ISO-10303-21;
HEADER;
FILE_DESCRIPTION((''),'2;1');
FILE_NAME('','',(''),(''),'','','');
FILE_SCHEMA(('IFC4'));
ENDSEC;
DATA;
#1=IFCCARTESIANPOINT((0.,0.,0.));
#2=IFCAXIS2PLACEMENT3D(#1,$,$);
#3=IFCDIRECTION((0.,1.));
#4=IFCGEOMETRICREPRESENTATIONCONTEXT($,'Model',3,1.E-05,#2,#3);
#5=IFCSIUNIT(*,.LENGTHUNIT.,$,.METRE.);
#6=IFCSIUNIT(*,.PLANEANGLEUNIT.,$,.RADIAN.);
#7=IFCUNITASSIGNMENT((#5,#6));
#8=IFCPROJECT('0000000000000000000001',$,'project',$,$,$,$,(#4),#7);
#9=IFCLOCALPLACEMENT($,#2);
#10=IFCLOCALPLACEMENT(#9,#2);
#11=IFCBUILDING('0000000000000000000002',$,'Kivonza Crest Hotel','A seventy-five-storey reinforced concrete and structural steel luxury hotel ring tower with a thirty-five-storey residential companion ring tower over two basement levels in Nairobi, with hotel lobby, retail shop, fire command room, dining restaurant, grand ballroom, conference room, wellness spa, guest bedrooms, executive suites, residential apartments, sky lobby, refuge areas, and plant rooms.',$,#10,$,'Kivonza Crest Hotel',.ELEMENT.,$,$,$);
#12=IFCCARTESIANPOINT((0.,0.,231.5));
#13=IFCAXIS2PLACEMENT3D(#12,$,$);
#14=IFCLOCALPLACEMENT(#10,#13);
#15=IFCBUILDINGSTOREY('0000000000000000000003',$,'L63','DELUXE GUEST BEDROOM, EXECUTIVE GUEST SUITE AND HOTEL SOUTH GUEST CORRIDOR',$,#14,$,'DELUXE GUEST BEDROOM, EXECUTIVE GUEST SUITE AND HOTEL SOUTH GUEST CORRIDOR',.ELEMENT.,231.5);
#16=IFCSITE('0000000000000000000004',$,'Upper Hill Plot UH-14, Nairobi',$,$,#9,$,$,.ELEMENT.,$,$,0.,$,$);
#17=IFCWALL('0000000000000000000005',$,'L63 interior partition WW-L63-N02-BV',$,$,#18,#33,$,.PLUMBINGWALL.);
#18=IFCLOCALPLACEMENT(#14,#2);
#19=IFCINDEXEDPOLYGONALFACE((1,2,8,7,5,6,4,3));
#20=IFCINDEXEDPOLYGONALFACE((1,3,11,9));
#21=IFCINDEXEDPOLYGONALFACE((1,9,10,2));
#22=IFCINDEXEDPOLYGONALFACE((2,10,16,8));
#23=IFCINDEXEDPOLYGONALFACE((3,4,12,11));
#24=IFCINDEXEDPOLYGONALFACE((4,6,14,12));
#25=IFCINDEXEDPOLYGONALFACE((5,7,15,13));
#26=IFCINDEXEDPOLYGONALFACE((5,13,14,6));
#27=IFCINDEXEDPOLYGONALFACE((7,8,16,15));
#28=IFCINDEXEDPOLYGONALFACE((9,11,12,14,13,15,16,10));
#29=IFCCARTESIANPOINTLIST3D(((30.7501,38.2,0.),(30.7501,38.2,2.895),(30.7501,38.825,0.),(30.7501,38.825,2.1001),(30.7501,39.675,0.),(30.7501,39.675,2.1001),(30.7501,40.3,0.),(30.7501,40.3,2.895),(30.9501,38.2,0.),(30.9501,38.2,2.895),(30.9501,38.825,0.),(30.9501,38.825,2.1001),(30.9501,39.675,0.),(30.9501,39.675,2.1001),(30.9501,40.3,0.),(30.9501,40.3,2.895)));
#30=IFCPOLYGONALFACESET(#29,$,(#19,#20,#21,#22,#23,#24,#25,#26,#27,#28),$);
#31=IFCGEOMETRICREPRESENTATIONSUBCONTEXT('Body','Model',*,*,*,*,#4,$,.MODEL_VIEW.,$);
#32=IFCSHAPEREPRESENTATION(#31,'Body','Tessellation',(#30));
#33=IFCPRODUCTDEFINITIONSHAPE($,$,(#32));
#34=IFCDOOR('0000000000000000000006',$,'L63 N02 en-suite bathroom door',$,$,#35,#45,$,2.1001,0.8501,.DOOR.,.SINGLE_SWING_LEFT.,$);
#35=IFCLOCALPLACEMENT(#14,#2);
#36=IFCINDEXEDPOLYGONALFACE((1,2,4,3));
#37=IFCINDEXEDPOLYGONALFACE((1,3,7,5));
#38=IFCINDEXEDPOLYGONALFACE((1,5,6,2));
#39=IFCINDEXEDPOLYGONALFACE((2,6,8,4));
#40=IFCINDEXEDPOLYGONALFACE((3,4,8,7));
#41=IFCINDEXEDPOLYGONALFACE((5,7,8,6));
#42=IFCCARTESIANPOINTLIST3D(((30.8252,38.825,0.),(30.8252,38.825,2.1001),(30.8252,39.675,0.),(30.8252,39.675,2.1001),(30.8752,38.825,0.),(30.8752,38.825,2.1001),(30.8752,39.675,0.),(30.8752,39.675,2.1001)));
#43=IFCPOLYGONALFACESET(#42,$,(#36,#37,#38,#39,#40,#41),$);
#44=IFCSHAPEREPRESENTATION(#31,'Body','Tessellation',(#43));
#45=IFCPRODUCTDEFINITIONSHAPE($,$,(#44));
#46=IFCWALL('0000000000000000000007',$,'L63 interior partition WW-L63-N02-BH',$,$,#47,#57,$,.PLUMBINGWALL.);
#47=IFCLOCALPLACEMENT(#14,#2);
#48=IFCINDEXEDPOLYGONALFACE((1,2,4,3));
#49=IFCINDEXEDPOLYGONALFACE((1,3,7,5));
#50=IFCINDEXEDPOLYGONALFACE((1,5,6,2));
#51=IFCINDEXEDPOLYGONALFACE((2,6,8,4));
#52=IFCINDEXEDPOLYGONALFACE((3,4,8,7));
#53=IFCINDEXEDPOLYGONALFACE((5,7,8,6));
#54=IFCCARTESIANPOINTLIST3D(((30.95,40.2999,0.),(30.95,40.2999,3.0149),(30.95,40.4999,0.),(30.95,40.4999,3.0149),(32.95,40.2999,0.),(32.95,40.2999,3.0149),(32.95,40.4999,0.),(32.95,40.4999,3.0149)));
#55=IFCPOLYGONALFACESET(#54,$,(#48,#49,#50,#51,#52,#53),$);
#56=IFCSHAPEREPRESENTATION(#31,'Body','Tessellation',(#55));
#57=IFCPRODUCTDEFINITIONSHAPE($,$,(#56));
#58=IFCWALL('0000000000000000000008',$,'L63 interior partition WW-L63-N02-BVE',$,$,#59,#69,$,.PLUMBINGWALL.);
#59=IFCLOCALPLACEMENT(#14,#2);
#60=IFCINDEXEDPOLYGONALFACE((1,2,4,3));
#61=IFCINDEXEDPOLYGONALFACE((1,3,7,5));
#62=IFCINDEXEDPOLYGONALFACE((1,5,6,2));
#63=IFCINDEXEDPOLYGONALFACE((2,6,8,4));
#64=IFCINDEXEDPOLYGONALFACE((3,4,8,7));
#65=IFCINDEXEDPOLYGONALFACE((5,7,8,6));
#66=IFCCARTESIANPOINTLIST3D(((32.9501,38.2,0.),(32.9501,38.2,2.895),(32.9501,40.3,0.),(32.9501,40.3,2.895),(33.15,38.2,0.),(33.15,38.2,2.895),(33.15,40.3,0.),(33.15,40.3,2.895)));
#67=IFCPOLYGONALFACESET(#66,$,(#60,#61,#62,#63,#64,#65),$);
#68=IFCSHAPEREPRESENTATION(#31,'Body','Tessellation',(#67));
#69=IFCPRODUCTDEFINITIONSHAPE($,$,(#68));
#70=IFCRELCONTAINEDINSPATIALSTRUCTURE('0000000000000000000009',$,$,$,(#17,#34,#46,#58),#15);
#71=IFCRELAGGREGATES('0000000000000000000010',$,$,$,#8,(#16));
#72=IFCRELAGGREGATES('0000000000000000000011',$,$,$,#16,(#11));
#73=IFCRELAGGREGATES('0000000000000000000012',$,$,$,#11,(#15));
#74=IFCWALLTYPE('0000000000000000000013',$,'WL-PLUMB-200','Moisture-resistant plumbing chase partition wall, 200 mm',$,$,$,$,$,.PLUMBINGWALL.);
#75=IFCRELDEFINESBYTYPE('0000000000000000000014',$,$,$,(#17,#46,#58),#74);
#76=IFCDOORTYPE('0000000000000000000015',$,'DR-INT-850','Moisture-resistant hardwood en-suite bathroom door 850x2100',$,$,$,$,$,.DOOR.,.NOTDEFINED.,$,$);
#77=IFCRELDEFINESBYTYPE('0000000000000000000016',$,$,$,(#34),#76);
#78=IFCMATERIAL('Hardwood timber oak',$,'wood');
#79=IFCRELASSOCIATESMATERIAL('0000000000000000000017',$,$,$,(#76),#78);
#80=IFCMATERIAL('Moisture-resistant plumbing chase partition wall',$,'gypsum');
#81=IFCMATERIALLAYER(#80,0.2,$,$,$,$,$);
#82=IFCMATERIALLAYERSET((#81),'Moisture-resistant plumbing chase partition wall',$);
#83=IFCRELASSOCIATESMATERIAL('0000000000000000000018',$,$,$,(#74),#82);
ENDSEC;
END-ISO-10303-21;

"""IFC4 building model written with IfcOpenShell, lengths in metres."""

from ifc_helpers import new_model, si_unit, direction, frame, frame_2d, origin, place, context, subcontext, project, spatial, rectangle, extrude, material, layer, layer_set, type_object, element, fill, save


model = new_model("IFC4")

# Units and contexts
model_context = context("Model", 3, precision=1e-05, world=origin(), true_north=direction((0.0, 1.0)))
body_context = subcontext(model_context, "Body", "Model", "MODEL_VIEW")
ifc_project = project(units=[si_unit("LENGTHUNIT", "METRE"), si_unit("PLANEANGLEUNIT", "RADIAN")], contexts=[model_context])

# Site, building, storey
site_placement = place(None, origin())
site = spatial("IfcSite", under=ifc_project, at=site_placement, Name="Upper Hill Plot UH-14, Nairobi", CompositionType="ELEMENT", RefElevation=0.0)
building_placement = place(site_placement, origin())
building = spatial("IfcBuilding", under=site, at=building_placement, Name="Kivonza Crest Hotel", Description="A seventy-five-storey reinforced concrete and structural steel luxury hotel ring tower with a thirty-five-storey residential companion ring tower over two basement levels in Nairobi, with hotel lobby, retail shop, fire command room, dining restaurant, grand ballroom, conference room, wellness spa, guest bedrooms, executive suites, residential apartments, sky lobby, refuge areas, and plant rooms.", LongName="Kivonza Crest Hotel", CompositionType="ELEMENT")
storey_placement = place(building_placement, frame((0.0, 0.0, 231.5)))
storey = spatial("IfcBuildingStorey", under=building, at=storey_placement, Name="L63", Description="DELUXE GUEST BEDROOM, EXECUTIVE GUEST SUITE AND HOTEL SOUTH GUEST CORRIDOR", LongName="DELUXE GUEST BEDROOM, EXECUTIVE GUEST SUITE AND HOTEL SOUTH GUEST CORRIDOR", CompositionType="ELEMENT", Elevation=231.5)

# Wall, opening, door
ifc_material_1 = material(Name="Hardwood timber oak", Category="wood")
door_type_1 = type_object("IfcDoorType", Name="DR-INT-850", Description="Moisture-resistant hardwood en-suite bathroom door 850x2100", OperationType="NOTDEFINED", PredefinedType="DOOR", material=ifc_material_1)
ifc_material_2 = material(Name="Moisture-resistant plumbing chase partition wall", Category="gypsum")
ifc_layer_1 = layer(ifc_material_2, 0.2)
ifc_layer_set_1 = layer_set([ifc_layer_1], Name="Moisture-resistant plumbing chase partition wall")
wall_type_1 = type_object("IfcWallType", Name="WL-PLUMB-200", Description="Moisture-resistant plumbing chase partition wall, 200 mm", PredefinedType="PLUMBINGWALL", material=ifc_layer_set_1)
wall_1_placement = place(storey_placement, frame((30.8501, 38.2, 0.0), z_axis=(0.0, 0.0, 1.0), x_axis=(0.0, 1.0, 0.0)))
wall_1 = element("IfcWall", 1, at=wall_1_placement, inside=storey, type_object=wall_type_1, Name="L63 interior partition WW-L63-N02-BV", PredefinedType="PLUMBINGWALL", context=body_context, shape_type="SweptSolid", body=[
    extrude(rectangle(XDim=2.1001, YDim=0.2, at=frame_2d((1.05, 0.0))), origin(), (0.0, 0.0, 1.0), 2.895),
])
opening_1_placement = place(wall_1_placement, frame((0.625, 0.0, 0.0)))
opening_1 = element("IfcOpeningElement", 2, at=opening_1_placement, cuts=wall_1, PredefinedType="OPENING", context=body_context, shape_type="SweptSolid", body=[
    extrude(rectangle(XDim=0.8501, YDim=2.1001, at=frame_2d((0.425, 1.05))), frame((0.0, 0.1099, 0.0), z_axis=(0.0, -1.0, 0.0), x_axis=(1.0, 0.0, 0.0)), (0.0, 0.0, 1.0), 0.22),
])
door_1_placement = place(opening_1_placement, origin())
door_1 = element("IfcDoor", 3, at=door_1_placement, inside=storey, type_object=door_type_1, Name="L63 N02 en-suite bathroom door", OperationType="SINGLE_SWING_LEFT", OverallHeight=2.1001, OverallWidth=0.8501, PredefinedType="DOOR", context=body_context, shape_type="SweptSolid", body=[
    extrude(rectangle(XDim=0.8501, YDim=2.1001, at=frame_2d((0.425, 1.05))), frame((0.0, 0.0249, 0.0), z_axis=(0.0, -1.0, 0.0), x_axis=(1.0, 0.0, 0.0)), (0.0, 0.0, 1.0), 0.05),
])
fill(opening_1, door_1)

# Walls
wall_2_placement = place(storey_placement, frame((30.95, 40.3999, 0.0), z_axis=(0.0, 0.0, 1.0), x_axis=(1.0, 0.0, 0.0)))
element("IfcWall", 4, at=wall_2_placement, inside=storey, type_object=wall_type_1, Name="L63 interior partition WW-L63-N02-BH", PredefinedType="PLUMBINGWALL", context=body_context, shape_type="SweptSolid", body=[
    extrude(rectangle(XDim=2.0, YDim=0.2, at=frame_2d((1.0, 0.0))), origin(), (0.0, 0.0, 1.0), 3.0149),
])
wall_3_placement = place(storey_placement, frame((33.05, 38.2, 0.0), z_axis=(0.0, 0.0, 1.0), x_axis=(0.0, 1.0, 0.0)))
element("IfcWall", 5, at=wall_3_placement, inside=storey, type_object=wall_type_1, Name="L63 interior partition WW-L63-N02-BVE", PredefinedType="PLUMBINGWALL", context=body_context, shape_type="SweptSolid", body=[
    extrude(rectangle(XDim=2.1001, YDim=0.2, at=frame_2d((1.05, 0.0))), origin(), (0.0, 0.0, 1.0), 2.895),
])

save(model, "model.ifc")
